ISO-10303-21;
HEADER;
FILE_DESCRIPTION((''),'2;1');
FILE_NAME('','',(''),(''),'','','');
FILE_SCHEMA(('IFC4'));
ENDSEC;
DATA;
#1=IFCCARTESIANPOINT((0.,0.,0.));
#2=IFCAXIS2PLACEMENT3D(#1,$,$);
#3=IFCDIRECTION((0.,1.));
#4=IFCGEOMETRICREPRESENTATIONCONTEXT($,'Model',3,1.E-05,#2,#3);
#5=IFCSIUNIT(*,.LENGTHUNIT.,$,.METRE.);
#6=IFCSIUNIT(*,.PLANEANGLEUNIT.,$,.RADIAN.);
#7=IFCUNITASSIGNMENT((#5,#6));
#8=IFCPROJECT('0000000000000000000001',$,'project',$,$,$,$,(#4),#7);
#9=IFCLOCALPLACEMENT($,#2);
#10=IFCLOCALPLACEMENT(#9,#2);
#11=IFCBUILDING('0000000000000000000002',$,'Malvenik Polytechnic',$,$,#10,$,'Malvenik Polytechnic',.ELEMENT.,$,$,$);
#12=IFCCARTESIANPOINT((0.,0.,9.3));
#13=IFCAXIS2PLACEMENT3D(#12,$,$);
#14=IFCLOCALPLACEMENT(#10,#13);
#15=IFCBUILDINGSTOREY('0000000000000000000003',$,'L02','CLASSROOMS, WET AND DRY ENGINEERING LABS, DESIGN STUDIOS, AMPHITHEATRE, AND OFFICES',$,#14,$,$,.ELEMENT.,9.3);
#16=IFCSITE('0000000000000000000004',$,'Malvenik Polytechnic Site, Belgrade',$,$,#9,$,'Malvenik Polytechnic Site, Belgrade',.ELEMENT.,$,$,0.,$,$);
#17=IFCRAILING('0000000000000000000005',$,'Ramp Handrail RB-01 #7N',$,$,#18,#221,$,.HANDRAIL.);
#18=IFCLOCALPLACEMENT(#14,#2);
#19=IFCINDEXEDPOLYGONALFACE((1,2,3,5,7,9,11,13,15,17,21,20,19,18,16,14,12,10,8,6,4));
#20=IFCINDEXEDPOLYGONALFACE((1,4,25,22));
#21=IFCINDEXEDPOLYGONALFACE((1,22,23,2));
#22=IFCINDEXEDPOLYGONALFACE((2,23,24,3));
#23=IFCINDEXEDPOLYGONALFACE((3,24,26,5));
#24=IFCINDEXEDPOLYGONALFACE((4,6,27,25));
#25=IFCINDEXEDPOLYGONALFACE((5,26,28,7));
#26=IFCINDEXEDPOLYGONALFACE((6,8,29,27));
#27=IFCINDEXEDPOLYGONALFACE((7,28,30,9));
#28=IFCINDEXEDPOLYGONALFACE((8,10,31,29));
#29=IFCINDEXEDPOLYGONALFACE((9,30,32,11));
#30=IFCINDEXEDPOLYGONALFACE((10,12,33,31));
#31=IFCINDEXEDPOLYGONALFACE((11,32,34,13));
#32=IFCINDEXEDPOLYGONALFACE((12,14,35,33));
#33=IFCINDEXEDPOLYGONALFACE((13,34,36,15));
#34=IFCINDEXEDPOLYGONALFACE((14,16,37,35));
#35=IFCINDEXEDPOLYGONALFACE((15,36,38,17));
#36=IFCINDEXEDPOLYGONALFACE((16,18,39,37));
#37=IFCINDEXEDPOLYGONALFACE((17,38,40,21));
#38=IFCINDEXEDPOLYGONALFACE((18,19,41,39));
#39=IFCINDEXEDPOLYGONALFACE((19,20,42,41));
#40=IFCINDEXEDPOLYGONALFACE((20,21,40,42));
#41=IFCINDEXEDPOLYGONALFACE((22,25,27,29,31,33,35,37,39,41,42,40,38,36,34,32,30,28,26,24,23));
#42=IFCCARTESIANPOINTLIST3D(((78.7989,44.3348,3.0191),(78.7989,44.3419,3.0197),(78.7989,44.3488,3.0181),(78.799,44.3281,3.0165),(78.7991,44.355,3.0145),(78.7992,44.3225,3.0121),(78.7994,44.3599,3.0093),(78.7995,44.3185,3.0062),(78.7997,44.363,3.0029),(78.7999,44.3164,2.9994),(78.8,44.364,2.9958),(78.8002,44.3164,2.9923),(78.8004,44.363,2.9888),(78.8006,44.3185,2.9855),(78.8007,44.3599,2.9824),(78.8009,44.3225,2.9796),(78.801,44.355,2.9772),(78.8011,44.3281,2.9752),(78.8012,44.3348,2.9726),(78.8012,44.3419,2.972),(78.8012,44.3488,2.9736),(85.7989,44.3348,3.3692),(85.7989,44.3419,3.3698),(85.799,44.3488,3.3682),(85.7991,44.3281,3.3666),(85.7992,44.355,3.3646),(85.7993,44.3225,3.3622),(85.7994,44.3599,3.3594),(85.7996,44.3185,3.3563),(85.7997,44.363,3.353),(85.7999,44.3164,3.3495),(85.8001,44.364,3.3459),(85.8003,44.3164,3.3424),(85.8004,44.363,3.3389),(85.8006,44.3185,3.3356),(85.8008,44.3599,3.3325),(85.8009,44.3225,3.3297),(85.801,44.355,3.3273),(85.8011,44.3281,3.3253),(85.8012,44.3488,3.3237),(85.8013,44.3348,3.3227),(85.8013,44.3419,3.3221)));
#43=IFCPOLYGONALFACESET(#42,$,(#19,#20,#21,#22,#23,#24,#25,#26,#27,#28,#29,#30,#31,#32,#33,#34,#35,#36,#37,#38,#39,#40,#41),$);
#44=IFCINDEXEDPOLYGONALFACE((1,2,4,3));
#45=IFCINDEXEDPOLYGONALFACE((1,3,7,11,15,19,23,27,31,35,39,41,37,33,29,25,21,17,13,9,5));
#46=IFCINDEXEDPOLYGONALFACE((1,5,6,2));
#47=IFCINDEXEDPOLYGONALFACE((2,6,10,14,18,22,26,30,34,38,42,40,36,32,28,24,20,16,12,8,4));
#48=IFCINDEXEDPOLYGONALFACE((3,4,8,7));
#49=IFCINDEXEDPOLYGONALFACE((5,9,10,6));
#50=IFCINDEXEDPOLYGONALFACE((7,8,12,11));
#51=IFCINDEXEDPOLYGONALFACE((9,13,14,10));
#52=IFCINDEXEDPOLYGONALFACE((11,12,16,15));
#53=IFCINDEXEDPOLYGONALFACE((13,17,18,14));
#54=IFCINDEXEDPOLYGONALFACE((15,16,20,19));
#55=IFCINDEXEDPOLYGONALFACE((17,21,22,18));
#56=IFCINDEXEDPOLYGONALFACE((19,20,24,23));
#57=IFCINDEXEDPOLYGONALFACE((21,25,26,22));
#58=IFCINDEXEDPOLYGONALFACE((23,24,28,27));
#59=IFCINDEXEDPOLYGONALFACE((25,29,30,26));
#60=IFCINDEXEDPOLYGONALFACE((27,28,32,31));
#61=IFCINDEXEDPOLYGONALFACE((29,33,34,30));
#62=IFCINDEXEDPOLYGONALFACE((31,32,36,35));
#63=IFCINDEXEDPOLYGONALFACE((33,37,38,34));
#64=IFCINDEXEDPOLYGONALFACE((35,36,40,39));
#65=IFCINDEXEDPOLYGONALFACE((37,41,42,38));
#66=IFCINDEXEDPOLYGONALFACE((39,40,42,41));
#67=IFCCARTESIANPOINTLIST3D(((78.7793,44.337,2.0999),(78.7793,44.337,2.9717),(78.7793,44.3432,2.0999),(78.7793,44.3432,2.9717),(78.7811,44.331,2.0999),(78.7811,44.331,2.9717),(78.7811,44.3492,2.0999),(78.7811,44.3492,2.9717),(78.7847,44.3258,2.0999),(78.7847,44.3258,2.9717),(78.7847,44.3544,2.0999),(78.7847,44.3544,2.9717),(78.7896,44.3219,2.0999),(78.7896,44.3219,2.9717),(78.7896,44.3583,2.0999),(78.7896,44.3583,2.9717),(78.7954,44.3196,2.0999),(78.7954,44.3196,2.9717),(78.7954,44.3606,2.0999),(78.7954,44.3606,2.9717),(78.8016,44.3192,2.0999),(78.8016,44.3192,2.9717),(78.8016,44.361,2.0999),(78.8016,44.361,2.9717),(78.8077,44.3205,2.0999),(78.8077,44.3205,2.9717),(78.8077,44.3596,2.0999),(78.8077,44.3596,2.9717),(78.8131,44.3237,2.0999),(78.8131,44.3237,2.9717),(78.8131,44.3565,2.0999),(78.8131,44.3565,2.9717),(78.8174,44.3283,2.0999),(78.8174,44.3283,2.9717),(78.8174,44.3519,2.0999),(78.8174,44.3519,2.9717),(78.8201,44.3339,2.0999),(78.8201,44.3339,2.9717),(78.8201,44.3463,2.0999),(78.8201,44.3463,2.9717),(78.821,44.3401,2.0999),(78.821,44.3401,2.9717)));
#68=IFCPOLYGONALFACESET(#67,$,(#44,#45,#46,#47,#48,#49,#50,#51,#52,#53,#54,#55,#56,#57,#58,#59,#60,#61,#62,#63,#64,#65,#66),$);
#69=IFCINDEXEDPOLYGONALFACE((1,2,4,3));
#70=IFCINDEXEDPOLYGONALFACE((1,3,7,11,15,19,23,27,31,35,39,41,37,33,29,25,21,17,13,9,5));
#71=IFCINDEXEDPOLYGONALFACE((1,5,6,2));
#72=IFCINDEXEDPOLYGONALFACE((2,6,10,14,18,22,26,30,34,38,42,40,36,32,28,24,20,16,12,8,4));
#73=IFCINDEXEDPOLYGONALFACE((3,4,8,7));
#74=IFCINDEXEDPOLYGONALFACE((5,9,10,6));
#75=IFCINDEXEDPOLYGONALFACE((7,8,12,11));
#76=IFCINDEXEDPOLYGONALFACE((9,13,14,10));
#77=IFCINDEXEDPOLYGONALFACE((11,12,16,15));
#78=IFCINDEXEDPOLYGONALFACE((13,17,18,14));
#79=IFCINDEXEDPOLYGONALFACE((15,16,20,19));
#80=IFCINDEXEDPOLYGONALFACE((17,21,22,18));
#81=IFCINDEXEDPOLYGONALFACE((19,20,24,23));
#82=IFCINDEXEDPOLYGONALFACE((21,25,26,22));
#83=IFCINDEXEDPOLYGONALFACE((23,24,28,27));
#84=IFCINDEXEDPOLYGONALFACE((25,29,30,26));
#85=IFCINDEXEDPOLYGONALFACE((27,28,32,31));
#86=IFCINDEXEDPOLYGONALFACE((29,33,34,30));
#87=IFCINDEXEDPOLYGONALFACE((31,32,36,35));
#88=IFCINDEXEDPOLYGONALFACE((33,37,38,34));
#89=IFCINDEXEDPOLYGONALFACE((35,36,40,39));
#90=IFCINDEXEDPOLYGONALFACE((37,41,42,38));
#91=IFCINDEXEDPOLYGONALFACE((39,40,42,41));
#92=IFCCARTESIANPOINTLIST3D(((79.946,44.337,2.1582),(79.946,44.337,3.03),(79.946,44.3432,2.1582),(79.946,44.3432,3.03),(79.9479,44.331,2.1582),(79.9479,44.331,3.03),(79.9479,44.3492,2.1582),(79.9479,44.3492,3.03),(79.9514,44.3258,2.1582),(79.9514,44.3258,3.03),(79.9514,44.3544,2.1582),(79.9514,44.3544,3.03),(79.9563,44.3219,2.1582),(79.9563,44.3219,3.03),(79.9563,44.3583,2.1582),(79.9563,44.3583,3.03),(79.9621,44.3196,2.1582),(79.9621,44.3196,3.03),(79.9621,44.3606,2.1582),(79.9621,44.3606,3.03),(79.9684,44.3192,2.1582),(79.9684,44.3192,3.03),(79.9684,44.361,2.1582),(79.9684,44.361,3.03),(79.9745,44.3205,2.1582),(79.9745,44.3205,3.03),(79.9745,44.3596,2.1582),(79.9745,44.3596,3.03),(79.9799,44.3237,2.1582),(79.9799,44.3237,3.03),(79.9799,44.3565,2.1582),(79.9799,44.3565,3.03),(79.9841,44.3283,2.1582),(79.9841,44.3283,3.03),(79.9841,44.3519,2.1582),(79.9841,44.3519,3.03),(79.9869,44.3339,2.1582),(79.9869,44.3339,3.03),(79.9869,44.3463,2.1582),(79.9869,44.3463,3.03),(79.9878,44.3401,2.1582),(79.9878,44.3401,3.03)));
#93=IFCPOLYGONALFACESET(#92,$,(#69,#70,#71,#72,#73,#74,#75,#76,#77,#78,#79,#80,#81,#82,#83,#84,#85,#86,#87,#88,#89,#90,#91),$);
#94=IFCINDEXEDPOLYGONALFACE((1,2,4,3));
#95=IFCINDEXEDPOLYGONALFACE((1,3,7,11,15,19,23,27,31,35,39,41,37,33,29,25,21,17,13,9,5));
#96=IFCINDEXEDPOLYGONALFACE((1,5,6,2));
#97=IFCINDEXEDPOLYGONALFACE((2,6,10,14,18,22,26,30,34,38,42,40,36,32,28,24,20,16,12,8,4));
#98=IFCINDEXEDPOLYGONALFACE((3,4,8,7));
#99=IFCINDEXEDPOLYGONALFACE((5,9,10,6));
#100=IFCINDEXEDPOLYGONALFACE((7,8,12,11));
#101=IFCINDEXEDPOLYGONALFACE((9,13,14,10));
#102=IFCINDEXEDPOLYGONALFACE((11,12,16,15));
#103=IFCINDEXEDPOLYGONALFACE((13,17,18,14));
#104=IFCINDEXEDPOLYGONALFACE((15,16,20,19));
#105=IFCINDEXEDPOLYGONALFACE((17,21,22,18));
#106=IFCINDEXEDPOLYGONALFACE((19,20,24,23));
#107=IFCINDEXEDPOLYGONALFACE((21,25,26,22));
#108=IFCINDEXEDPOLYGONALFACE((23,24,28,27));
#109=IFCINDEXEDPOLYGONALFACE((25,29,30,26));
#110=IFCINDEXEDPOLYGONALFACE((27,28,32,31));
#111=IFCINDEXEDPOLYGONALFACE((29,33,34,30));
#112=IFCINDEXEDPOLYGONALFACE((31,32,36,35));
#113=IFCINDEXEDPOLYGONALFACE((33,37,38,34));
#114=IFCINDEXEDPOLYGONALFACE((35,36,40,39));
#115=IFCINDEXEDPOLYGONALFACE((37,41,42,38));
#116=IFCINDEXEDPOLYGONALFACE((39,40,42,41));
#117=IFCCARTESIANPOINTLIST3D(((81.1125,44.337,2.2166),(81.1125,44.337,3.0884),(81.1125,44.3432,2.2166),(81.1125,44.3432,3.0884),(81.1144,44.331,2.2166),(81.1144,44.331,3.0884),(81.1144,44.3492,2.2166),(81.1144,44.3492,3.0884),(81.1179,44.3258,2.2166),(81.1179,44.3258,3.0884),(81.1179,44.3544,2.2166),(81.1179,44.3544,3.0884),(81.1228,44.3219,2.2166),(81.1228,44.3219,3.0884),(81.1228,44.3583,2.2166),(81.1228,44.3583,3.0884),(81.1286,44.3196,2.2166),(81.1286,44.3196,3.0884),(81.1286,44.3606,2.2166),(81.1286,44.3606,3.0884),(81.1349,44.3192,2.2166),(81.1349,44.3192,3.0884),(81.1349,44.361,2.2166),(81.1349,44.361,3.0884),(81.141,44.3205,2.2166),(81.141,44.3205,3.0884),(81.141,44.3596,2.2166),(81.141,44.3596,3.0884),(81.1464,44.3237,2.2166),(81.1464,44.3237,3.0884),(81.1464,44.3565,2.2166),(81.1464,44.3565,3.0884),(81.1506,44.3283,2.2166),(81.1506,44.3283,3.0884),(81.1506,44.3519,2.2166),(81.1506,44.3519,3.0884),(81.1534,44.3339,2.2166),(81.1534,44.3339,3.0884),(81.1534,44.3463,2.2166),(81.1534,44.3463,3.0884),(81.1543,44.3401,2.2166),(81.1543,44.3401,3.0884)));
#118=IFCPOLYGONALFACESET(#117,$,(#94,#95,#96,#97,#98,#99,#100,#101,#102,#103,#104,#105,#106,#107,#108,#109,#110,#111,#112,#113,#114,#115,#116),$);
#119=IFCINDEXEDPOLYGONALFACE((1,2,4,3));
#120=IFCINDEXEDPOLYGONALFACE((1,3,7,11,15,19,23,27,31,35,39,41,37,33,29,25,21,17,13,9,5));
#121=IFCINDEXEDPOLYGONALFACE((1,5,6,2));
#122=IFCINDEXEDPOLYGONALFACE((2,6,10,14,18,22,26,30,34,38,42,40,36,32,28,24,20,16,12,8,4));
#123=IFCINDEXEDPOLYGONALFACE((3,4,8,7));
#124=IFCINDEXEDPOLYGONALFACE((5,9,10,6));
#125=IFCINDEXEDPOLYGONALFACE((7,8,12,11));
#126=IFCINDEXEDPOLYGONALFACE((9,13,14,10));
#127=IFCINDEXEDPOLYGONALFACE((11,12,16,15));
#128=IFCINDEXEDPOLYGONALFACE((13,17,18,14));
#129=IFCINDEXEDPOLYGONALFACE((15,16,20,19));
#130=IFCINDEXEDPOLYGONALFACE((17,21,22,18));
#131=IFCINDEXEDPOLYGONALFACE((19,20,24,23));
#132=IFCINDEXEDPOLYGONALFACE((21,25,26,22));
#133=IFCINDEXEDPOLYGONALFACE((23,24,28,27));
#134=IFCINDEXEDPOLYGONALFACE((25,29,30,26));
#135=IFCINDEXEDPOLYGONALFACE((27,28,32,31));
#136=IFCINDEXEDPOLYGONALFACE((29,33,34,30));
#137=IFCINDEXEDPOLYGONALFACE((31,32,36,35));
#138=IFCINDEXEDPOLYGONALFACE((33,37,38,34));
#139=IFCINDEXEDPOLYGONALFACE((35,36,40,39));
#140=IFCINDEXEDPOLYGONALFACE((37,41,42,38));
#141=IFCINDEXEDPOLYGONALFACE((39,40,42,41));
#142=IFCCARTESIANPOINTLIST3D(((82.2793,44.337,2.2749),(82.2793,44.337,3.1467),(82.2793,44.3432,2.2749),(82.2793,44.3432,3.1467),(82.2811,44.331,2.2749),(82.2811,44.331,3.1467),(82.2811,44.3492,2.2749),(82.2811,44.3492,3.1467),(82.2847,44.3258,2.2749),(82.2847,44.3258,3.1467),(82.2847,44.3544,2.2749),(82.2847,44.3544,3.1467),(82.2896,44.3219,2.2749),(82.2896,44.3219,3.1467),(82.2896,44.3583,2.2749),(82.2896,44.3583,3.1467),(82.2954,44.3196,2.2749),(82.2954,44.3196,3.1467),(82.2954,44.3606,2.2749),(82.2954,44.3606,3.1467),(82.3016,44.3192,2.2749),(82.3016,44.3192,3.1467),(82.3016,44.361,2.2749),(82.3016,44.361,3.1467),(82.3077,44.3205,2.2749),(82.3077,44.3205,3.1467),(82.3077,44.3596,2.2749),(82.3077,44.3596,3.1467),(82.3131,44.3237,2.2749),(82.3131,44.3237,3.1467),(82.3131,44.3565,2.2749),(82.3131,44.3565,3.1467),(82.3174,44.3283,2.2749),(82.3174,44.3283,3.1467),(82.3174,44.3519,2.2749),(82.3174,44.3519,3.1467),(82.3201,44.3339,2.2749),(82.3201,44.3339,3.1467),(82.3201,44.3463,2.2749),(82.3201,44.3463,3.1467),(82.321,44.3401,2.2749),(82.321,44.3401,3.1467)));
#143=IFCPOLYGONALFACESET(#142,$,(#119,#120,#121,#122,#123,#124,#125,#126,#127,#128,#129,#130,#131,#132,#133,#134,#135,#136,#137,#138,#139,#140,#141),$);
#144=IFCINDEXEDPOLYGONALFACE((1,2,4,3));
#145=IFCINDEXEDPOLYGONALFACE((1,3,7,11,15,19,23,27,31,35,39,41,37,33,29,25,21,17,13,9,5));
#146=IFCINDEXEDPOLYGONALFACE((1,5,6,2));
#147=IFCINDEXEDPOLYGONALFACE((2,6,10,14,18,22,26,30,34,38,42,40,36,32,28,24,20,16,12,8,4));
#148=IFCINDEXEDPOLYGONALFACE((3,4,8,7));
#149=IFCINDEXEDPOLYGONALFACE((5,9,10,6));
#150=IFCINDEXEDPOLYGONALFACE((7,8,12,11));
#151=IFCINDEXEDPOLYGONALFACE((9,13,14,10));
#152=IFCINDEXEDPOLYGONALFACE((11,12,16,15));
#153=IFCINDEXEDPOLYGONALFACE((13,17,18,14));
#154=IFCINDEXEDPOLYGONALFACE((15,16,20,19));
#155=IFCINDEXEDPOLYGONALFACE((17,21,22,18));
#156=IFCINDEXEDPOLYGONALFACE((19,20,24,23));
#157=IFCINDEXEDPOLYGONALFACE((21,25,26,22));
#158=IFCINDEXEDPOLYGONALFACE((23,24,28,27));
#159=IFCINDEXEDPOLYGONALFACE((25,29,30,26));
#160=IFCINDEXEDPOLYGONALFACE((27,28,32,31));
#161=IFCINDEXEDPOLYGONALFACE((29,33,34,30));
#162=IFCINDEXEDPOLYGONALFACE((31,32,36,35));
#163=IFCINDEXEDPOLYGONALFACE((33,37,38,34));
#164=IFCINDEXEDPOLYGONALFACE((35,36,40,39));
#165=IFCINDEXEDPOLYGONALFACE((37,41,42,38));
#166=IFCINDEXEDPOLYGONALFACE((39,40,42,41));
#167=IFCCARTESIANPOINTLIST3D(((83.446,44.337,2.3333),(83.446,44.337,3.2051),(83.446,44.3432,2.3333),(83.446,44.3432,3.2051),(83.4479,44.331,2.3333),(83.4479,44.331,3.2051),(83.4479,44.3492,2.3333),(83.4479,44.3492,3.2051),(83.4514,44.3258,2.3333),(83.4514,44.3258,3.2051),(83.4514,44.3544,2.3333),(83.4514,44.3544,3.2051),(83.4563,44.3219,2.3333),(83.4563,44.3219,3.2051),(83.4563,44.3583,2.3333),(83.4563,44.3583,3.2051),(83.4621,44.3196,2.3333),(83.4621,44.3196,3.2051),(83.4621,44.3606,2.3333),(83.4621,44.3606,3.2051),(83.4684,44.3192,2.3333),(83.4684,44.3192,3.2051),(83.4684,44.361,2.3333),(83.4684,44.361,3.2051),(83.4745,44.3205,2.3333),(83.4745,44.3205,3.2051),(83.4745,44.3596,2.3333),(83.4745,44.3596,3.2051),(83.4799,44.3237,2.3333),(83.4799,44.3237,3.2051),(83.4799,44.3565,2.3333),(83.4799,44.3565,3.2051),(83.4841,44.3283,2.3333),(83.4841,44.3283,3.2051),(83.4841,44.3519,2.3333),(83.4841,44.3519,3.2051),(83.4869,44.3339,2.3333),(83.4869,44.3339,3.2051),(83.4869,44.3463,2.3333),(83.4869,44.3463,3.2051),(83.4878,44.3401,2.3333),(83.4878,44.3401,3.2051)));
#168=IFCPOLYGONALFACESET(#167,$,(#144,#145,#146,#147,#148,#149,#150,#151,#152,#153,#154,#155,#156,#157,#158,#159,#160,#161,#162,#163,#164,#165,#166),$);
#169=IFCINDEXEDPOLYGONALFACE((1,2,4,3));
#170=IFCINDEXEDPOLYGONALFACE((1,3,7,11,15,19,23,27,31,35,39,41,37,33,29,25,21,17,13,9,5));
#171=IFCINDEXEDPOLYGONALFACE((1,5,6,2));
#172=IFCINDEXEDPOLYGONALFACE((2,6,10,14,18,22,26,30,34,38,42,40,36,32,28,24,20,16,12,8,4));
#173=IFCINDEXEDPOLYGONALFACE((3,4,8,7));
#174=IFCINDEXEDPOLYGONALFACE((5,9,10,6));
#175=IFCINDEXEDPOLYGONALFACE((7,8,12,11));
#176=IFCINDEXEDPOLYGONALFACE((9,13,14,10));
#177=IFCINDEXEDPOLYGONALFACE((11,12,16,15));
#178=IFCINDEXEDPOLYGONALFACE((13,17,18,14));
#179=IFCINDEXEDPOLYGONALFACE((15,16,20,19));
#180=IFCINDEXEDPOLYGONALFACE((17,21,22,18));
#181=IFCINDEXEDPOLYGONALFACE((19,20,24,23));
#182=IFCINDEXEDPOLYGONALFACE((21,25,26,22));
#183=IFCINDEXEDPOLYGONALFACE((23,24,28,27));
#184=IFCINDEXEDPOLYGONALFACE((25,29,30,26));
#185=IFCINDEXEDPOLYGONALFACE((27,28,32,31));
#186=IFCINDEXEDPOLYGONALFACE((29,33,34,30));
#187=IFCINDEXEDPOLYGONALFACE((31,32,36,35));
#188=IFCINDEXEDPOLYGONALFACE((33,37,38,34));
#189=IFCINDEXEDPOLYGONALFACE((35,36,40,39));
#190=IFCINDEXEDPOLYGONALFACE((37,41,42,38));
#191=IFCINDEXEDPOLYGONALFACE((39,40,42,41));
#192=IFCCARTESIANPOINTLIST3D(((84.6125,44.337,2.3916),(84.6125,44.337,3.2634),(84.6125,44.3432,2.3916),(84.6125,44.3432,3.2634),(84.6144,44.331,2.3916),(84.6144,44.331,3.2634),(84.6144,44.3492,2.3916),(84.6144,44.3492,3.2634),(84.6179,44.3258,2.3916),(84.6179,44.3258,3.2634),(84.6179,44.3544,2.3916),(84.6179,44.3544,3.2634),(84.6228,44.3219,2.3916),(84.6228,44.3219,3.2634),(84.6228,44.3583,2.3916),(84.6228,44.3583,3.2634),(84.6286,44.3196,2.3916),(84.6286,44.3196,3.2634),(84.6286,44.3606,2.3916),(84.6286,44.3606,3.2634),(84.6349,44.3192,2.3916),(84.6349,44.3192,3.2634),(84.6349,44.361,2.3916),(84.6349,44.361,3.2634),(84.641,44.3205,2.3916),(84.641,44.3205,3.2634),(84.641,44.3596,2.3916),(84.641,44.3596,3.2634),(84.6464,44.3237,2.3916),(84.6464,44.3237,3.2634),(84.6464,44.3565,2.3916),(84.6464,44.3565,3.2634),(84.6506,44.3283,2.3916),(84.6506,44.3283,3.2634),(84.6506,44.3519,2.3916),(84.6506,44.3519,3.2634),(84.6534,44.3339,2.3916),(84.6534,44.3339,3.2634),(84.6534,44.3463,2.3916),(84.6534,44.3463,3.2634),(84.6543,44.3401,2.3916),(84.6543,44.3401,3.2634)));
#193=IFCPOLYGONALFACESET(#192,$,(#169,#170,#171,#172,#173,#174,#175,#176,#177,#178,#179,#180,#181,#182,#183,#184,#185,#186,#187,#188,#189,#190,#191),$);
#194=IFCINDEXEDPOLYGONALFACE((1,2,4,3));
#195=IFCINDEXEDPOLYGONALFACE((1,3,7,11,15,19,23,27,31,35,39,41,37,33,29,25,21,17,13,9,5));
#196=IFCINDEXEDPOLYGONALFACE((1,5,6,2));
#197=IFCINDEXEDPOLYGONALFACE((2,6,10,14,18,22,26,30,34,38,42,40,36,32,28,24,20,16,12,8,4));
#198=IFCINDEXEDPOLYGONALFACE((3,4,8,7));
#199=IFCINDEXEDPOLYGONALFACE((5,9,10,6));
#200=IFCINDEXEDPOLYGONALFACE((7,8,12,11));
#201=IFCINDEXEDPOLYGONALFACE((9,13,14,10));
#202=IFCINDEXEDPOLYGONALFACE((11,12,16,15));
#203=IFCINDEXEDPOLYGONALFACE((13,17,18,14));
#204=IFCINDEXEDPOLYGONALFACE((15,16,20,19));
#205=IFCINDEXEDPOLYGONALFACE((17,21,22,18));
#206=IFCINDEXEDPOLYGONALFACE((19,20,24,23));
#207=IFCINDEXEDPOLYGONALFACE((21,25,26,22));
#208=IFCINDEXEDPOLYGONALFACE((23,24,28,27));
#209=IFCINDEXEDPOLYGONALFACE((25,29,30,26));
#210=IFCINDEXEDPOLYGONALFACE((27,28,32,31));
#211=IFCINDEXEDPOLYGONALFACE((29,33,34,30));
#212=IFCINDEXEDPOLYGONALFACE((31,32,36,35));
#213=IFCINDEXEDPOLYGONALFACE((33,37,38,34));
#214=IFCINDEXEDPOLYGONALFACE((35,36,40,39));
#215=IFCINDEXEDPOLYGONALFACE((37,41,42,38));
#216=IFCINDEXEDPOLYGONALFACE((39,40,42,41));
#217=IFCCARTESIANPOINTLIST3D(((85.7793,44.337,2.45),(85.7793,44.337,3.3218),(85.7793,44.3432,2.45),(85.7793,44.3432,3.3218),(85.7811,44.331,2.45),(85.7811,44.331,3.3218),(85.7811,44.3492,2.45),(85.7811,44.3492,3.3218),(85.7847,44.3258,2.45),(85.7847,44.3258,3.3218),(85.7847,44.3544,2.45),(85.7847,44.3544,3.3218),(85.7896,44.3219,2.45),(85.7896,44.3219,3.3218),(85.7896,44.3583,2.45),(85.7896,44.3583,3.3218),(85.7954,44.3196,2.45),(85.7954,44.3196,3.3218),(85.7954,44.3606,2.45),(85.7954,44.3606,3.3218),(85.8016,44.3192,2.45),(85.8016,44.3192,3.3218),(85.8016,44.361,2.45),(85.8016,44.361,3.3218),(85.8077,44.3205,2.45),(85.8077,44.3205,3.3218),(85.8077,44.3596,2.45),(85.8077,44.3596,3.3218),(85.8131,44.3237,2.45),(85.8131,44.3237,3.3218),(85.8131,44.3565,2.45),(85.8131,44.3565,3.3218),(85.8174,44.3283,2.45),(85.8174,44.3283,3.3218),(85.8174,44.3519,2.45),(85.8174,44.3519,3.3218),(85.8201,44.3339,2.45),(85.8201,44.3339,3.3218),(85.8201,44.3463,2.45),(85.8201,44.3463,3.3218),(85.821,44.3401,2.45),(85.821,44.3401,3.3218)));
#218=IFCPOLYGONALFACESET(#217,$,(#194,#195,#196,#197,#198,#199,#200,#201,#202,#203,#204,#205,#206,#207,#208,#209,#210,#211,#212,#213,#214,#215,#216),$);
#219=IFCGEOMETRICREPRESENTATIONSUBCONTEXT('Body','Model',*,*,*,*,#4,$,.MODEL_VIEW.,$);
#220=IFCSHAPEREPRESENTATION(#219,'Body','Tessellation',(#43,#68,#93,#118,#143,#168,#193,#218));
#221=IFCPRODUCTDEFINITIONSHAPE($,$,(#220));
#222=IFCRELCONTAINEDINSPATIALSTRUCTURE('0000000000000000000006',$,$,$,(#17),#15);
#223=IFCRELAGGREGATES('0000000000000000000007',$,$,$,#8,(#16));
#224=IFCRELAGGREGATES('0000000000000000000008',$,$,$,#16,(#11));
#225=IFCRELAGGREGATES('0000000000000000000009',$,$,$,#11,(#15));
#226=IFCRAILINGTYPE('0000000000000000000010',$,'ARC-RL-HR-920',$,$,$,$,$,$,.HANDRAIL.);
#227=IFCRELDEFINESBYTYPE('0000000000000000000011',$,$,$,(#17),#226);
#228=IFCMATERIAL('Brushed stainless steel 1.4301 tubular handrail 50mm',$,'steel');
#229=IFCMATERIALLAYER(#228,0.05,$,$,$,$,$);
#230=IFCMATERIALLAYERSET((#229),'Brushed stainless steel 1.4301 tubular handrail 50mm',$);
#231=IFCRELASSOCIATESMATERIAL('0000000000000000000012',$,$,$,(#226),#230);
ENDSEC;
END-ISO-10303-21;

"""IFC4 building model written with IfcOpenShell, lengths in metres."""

from ifc_helpers import new_model, si_unit, direction, frame, origin, origin_2d, place, context, subcontext, project, spatial, circle, extrude, material, layer, layer_set, type_object, element, save


model = new_model("IFC4")

# Units and contexts
model_context = context("Model", 3, precision=1e-05, world=origin(), true_north=direction((0.0, 1.0)))
body_context = subcontext(model_context, "Body", "Model", "MODEL_VIEW")
ifc_project = project(units=[si_unit("LENGTHUNIT", "METRE"), si_unit("PLANEANGLEUNIT", "RADIAN")], contexts=[model_context])

# Site, building, storey
site_placement = place(None, origin())
site = spatial("IfcSite", under=ifc_project, at=site_placement, Name="Malvenik Polytechnic Site, Belgrade", LongName="Malvenik Polytechnic Site, Belgrade", CompositionType="ELEMENT", RefElevation=0.0)
building_placement = place(site_placement, origin())
building = spatial("IfcBuilding", under=site, at=building_placement, Name="Malvenik Polytechnic", LongName="Malvenik Polytechnic", CompositionType="ELEMENT")
storey_placement = place(building_placement, frame((0.0, 0.0, 9.3)))
storey = spatial("IfcBuildingStorey", under=building, at=storey_placement, Name="L02", Description="CLASSROOMS, WET AND DRY ENGINEERING LABS, DESIGN STUDIOS, AMPHITHEATRE, AND OFFICES", CompositionType="ELEMENT", Elevation=9.3)

# Railing
ifc_material_1 = material(Name="Brushed stainless steel 1.4301 tubular handrail 50mm", Category="steel")
ifc_layer_1 = layer(ifc_material_1, 0.05)
ifc_layer_set_1 = layer_set([ifc_layer_1], Name="Brushed stainless steel 1.4301 tubular handrail 50mm")
railing_type_1 = type_object("IfcRailingType", Name="ARC-RL-HR-920", PredefinedType="HANDRAIL", material=ifc_layer_set_1)
railing_1_placement = place(storey_placement, frame((78.8, 44.3401, 2.0999)))
element("IfcRailing", 1, at=railing_1_placement, inside=storey, type_object=railing_type_1, Name="Ramp Handrail RB-01 #7N", PredefinedType="HANDRAIL", context=body_context, shape_type="SweptSolid", body=[
    extrude(circle(Radius=0.0239, at=origin_2d()), frame((0.0, 0.0, 0.896), z_axis=(0.998752, 0.0, 0.049952), x_axis=(0.0, 1.0, 0.0)), (0.0, 0.0, 1.0), 7.0088),
    extrude(circle(Radius=0.021, at=origin_2d()), origin(), (0.0, 0.0, 1.0), 0.8718),
    extrude(circle(Radius=0.021, at=origin_2d()), frame((1.1667, 0.0, 0.0583)), (0.0, 0.0, 1.0), 0.8718),
    extrude(circle(Radius=0.021, at=origin_2d()), frame((2.3333, 0.0, 0.1167)), (0.0, 0.0, 1.0), 0.8718),
    extrude(circle(Radius=0.021, at=origin_2d()), frame((3.5, 0.0, 0.175)), (0.0, 0.0, 1.0), 0.8718),
    extrude(circle(Radius=0.021, at=origin_2d()), frame((4.6667, 0.0, 0.2334)), (0.0, 0.0, 1.0), 0.8718),
    extrude(circle(Radius=0.021, at=origin_2d()), frame((5.8333, 0.0, 0.2917)), (0.0, 0.0, 1.0), 0.8718),
    extrude(circle(Radius=0.021, at=origin_2d()), frame((7.0, 0.0, 0.3501)), (0.0, 0.0, 1.0), 0.8718),
])

save(model, "model.ifc")
